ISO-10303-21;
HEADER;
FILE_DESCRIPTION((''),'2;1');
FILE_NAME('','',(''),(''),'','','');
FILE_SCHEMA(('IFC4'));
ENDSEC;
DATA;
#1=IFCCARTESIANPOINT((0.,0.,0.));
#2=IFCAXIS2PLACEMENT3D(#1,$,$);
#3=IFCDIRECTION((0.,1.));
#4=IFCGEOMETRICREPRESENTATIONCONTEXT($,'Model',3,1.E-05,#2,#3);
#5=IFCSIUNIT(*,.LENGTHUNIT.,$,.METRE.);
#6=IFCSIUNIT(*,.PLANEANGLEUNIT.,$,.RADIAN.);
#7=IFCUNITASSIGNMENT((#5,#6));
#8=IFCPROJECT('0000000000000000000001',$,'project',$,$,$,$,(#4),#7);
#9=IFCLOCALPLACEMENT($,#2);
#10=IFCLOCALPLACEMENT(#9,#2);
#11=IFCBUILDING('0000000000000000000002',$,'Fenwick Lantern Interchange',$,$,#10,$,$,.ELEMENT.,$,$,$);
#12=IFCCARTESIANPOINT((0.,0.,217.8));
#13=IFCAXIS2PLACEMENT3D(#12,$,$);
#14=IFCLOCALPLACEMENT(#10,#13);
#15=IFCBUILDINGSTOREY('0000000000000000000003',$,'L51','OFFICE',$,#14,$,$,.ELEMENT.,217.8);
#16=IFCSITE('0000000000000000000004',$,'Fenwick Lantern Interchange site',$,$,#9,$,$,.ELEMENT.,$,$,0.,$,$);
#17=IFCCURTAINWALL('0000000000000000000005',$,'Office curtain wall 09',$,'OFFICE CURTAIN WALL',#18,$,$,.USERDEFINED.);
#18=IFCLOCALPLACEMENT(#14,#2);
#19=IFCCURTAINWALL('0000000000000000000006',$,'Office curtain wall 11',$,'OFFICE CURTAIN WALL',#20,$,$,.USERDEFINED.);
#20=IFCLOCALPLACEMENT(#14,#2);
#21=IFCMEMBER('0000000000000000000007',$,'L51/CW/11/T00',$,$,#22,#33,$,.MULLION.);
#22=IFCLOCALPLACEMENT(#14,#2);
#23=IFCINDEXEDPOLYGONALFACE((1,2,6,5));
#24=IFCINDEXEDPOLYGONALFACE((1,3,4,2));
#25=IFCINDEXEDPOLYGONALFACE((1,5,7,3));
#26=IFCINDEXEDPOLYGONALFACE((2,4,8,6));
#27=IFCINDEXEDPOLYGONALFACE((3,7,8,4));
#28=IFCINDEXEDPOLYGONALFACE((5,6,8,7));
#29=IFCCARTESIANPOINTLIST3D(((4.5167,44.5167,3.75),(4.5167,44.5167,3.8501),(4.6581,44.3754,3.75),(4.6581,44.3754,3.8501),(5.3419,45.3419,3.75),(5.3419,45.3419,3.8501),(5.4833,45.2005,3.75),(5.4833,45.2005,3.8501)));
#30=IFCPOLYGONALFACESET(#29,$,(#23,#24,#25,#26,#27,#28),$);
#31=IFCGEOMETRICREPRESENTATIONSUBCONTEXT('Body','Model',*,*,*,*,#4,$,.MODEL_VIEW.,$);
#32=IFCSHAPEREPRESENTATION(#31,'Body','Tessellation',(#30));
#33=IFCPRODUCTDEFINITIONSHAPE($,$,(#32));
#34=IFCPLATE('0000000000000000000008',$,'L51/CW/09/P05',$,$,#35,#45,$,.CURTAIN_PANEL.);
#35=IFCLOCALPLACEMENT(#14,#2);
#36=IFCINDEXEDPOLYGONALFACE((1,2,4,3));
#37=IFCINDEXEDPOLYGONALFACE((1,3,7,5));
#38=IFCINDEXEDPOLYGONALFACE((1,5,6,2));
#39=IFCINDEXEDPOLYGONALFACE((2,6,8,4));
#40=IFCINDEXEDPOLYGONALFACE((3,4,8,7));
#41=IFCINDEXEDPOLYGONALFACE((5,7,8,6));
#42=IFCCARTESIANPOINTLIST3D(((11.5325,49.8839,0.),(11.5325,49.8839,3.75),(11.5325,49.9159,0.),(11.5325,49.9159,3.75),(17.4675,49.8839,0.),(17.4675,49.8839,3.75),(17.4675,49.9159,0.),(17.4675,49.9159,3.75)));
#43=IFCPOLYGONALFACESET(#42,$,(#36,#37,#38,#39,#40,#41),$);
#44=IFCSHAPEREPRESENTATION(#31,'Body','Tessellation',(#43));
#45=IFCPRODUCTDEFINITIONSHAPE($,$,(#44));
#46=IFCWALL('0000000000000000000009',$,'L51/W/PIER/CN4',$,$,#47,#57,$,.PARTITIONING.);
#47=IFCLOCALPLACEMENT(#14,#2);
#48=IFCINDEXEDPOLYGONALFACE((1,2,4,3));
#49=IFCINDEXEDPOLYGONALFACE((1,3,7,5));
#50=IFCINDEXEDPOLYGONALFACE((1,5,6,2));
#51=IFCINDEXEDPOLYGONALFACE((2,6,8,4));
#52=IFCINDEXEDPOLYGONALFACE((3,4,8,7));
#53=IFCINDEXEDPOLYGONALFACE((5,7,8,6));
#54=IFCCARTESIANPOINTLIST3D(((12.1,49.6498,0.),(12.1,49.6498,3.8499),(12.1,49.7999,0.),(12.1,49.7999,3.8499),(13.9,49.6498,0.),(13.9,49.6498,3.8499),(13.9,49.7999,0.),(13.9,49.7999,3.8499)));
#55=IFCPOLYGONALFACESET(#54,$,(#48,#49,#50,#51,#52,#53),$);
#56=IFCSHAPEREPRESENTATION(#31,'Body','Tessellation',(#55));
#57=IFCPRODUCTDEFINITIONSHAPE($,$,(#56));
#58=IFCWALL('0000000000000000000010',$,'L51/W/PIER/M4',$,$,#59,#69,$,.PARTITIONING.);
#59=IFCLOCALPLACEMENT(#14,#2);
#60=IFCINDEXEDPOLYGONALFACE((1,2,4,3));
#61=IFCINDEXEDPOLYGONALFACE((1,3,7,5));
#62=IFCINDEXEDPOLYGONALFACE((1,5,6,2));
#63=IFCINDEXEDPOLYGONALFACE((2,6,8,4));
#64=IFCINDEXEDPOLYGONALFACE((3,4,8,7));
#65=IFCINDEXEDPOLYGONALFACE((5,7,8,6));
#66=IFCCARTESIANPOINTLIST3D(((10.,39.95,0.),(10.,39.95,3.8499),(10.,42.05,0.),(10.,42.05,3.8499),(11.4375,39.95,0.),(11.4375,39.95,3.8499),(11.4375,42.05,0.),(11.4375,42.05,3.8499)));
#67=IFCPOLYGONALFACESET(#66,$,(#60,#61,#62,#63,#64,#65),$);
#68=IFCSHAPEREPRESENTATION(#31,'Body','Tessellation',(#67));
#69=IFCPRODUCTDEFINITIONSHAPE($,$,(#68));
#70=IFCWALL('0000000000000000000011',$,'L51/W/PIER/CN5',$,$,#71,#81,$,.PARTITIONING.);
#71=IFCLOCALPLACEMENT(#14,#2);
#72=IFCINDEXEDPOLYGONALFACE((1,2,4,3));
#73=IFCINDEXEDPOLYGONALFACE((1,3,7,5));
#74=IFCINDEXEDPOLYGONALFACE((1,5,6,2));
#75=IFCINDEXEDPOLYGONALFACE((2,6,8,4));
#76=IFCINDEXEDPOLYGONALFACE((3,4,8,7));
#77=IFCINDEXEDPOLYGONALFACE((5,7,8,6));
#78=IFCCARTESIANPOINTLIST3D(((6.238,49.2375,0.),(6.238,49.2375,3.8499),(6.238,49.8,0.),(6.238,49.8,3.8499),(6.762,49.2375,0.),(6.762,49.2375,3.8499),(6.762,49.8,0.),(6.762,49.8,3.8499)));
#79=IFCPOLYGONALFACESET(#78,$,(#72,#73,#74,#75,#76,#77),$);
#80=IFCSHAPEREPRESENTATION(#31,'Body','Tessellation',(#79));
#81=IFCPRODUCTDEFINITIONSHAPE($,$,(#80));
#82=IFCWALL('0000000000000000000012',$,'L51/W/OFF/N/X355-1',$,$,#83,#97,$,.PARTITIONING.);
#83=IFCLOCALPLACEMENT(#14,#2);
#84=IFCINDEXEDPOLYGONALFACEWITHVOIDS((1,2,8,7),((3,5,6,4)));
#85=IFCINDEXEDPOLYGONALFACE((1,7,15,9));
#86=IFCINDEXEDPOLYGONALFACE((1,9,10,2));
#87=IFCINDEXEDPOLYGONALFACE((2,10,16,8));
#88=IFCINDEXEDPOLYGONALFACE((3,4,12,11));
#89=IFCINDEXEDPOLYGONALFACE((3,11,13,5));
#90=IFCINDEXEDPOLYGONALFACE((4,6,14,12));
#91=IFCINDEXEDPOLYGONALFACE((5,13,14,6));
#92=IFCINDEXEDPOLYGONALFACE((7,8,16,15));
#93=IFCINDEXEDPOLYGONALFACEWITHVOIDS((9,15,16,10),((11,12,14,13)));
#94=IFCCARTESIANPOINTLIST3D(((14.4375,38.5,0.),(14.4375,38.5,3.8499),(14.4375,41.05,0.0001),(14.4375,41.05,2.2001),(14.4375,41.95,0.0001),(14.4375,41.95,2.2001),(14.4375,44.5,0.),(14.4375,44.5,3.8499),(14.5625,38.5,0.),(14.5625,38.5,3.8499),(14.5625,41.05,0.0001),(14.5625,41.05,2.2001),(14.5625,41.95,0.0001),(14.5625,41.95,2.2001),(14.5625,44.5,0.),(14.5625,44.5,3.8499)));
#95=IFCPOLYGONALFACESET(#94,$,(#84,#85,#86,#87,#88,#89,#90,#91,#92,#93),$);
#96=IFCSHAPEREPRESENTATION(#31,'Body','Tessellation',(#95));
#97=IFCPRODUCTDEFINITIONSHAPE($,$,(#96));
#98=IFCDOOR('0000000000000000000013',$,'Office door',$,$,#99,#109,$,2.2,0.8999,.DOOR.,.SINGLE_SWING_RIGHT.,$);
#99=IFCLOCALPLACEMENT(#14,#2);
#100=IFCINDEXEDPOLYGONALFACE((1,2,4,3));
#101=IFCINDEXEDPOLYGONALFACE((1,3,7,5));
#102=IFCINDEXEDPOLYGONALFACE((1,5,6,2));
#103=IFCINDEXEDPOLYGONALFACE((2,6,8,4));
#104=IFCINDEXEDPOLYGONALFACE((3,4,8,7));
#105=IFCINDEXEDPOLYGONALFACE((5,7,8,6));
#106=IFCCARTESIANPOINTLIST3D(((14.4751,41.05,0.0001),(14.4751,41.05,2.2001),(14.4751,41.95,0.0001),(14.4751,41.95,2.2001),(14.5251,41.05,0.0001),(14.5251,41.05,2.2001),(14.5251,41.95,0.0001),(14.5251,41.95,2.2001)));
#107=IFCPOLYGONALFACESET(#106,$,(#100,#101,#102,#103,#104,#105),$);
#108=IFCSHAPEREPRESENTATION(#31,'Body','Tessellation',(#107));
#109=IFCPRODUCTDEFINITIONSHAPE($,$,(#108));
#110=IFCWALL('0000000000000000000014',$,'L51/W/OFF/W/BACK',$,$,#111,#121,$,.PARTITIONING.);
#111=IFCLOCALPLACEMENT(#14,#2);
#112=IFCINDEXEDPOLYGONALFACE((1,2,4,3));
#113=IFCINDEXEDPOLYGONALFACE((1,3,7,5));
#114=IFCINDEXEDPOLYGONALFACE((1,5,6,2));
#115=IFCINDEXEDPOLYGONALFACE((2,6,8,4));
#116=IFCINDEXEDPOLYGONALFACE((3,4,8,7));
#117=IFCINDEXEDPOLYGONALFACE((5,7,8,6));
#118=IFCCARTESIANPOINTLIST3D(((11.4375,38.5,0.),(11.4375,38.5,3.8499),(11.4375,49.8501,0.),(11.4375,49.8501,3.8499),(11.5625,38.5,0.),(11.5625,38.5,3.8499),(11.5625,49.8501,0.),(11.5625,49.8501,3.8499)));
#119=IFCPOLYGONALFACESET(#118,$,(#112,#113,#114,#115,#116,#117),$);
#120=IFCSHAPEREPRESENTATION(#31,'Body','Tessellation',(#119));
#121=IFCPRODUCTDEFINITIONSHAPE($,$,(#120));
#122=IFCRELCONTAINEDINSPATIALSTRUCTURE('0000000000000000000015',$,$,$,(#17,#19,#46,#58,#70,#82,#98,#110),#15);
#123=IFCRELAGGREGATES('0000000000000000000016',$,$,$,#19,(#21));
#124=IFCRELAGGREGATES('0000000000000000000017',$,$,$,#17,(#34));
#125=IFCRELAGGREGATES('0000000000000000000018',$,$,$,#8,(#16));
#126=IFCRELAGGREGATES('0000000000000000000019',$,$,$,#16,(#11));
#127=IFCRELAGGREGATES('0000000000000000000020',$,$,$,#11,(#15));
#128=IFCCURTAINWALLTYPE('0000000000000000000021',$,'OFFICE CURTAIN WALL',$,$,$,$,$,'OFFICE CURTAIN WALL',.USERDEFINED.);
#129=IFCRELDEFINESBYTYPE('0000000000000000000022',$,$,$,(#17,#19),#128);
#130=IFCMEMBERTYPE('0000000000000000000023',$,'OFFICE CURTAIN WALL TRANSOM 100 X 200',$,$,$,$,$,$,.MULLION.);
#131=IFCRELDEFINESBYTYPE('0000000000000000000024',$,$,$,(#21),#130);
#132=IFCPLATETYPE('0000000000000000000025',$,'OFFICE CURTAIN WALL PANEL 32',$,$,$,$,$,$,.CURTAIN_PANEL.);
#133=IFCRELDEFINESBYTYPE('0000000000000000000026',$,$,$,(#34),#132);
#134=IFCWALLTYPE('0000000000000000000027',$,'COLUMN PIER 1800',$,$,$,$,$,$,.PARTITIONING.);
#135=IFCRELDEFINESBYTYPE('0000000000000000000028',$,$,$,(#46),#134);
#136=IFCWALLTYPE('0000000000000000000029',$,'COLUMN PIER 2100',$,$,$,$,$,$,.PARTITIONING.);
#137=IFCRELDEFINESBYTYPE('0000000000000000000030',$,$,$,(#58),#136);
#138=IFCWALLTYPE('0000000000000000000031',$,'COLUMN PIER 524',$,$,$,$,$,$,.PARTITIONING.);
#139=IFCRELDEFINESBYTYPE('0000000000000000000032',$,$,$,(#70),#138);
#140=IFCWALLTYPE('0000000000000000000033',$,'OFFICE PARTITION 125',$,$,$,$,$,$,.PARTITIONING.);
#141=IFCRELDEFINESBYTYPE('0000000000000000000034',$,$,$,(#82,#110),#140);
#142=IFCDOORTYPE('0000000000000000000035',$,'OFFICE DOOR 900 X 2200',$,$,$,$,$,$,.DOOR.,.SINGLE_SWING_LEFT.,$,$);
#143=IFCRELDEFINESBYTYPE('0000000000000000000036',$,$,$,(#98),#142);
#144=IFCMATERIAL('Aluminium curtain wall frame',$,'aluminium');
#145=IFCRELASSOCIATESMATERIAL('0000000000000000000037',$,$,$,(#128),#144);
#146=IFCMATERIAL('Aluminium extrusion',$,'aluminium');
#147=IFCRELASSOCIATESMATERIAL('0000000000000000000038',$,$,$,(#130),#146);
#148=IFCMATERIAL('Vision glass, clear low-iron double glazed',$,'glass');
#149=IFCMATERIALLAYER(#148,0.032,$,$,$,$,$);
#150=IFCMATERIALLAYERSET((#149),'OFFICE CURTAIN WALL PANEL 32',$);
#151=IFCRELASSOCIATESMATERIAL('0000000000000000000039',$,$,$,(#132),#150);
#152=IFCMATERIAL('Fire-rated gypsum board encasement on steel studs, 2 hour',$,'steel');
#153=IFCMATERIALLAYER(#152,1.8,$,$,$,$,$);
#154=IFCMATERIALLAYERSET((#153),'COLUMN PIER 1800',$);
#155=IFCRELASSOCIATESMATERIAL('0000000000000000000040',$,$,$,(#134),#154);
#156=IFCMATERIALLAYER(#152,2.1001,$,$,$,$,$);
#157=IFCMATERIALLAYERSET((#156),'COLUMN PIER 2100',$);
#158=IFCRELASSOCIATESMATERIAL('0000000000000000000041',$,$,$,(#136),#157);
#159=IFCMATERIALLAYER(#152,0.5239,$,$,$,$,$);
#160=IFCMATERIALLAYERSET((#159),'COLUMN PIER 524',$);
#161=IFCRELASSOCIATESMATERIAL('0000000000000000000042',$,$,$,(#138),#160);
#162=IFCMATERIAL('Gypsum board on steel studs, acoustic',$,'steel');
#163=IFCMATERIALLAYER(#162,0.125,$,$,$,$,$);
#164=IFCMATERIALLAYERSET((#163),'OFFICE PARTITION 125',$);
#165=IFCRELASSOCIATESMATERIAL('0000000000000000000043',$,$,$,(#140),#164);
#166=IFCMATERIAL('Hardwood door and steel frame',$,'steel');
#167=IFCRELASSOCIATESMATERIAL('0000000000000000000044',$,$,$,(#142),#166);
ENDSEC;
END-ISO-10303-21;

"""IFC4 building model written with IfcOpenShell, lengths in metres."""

from ifc_helpers import new_model, si_unit, direction, frame, frame_2d, origin, origin_2d, place, context, subcontext, project, spatial, rectangle, extrude, material, layer, layer_set, material_profile, profile_set, type_object, element, fill, aggregate, save


model = new_model("IFC4")

# Units and contexts
model_context = context("Model", 3, precision=1e-05, world=origin(), true_north=direction((0.0, 1.0)))
body_context = subcontext(model_context, "Body", "Model", "MODEL_VIEW")
ifc_project = project(units=[si_unit("LENGTHUNIT", "METRE"), si_unit("PLANEANGLEUNIT", "RADIAN")], contexts=[model_context])

# Site, building, storey
site_placement = place(None, origin())
site = spatial("IfcSite", under=ifc_project, at=site_placement, Name="Fenwick Lantern Interchange site", CompositionType="ELEMENT", RefElevation=0.0)
building_placement = place(site_placement, origin())
building = spatial("IfcBuilding", under=site, at=building_placement, Name="Fenwick Lantern Interchange", CompositionType="ELEMENT")
storey_placement = place(building_placement, frame((0.0, 0.0, 217.8)))
storey = spatial("IfcBuildingStorey", under=building, at=storey_placement, Name="L51", Description="OFFICE", CompositionType="ELEMENT", Elevation=217.8)

# Curtain wall
ifc_material_1 = material(Name="Aluminium curtain wall frame", Category="aluminium")
curtain_wall_type = type_object("IfcCurtainWallType", Name="OFFICE CURTAIN WALL", ElementType="OFFICE CURTAIN WALL", PredefinedType="USERDEFINED", material=ifc_material_1)
curtain_wall_1_placement = place(storey_placement, origin())
curtain_wall_1 = element("IfcCurtainWall", 1, at=curtain_wall_1_placement, inside=storey, type_object=curtain_wall_type, Name="Office curtain wall 09", ObjectType="OFFICE CURTAIN WALL", PredefinedType="USERDEFINED")
ifc_material_2 = material(Name="Aluminium extrusion", Category="aluminium")

# Curtain wall
curtain_wall_2_placement = place(storey_placement, origin())
curtain_wall_2 = element("IfcCurtainWall", 2, at=curtain_wall_2_placement, inside=storey, type_object=curtain_wall_type, Name="Office curtain wall 11", ObjectType="OFFICE CURTAIN WALL", PredefinedType="USERDEFINED")

# Member
ifc_material_profile_1 = material_profile(ifc_material_2, rectangle(XDim=0.2, YDim=0.1001, at=origin_2d()), Name="OFFICE CURTAIN WALL TRANSOM 100 X 200")
ifc_profile_set_1 = profile_set([ifc_material_profile_1], Name="Aluminium extrusion")
member_type_1 = type_object("IfcMemberType", Name="OFFICE CURTAIN WALL TRANSOM 100 X 200", PredefinedType="MULLION", material=ifc_profile_set_1)
member_1_placement = place(storey_placement, frame((5.4126, 45.2712, 3.8), z_axis=(-0.707107, -0.707107, 0.0), x_axis=(0.707107, -0.707107, 0.0)))
member_1 = element("IfcMember", 3, at=member_1_placement, type_object=member_type_1, Name="L51/CW/11/T00", PredefinedType="MULLION", context=body_context, shape_type="SweptSolid", body=[
    extrude(rectangle(XDim=0.2, YDim=0.1001, at=origin_2d()), origin(), (0.0, 0.0, 1.0), 1.167),
])
aggregate(curtain_wall_2, [member_1])

# Plate
ifc_material_3 = material(Name="Vision glass, clear low-iron double glazed", Category="glass")
ifc_layer_1 = layer(ifc_material_3, 0.032)
ifc_layer_set_1 = layer_set([ifc_layer_1], Name="OFFICE CURTAIN WALL PANEL 32")
plate_type = type_object("IfcPlateType", Name="OFFICE CURTAIN WALL PANEL 32", PredefinedType="CURTAIN_PANEL", material=ifc_layer_set_1)
plate_1_placement = place(storey_placement, frame((14.5, 49.8999, 0.0), z_axis=(0.0, 0.0, 1.0), x_axis=(-1.0, 0.0, 0.0)))
plate_1 = element("IfcPlate", 4, at=plate_1_placement, type_object=plate_type, Name="L51/CW/09/P05", PredefinedType="CURTAIN_PANEL", context=body_context, shape_type="SweptSolid", body=[
    extrude(rectangle(XDim=5.9351, YDim=0.032, at=origin_2d()), origin(), (0.0, 0.0, 1.0), 3.75),
])
aggregate(curtain_wall_1, [plate_1])

# Walls
ifc_material_4 = material(Name="Fire-rated gypsum board encasement on steel studs, 2 hour", Category="steel")
ifc_layer_2 = layer(ifc_material_4, 1.8)
ifc_layer_set_2 = layer_set([ifc_layer_2], Name="COLUMN PIER 1800")
wall_type_1 = type_object("IfcWallType", Name="COLUMN PIER 1800", PredefinedType="PARTITIONING", material=ifc_layer_set_2)
wall_1_placement = place(storey_placement, frame((13.0, 49.8, 0.0), z_axis=(0.0, 0.0, 1.0), x_axis=(0.0, -1.0, 0.0)))
element("IfcWall", 5, at=wall_1_placement, inside=storey, type_object=wall_type_1, Name="L51/W/PIER/CN4", PredefinedType="PARTITIONING", context=body_context, shape_type="SweptSolid", body=[
    extrude(rectangle(XDim=0.1501, YDim=1.8, at=frame_2d((0.0752, 0.0))), origin(), (0.0, 0.0, 1.0), 3.8499),
])
ifc_layer_3 = layer(ifc_material_4, 2.1001)
ifc_layer_set_3 = layer_set([ifc_layer_3], Name="COLUMN PIER 2100")
wall_type_2 = type_object("IfcWallType", Name="COLUMN PIER 2100", PredefinedType="PARTITIONING", material=ifc_layer_set_3)
wall_2_placement = place(storey_placement, frame((11.4375, 41.0, 0.0), z_axis=(0.0, 0.0, 1.0), x_axis=(-1.0, 0.0, 0.0)))
element("IfcWall", 6, at=wall_2_placement, inside=storey, type_object=wall_type_2, Name="L51/W/PIER/M4", PredefinedType="PARTITIONING", context=body_context, shape_type="SweptSolid", body=[
    extrude(rectangle(XDim=1.4375, YDim=2.1001, at=frame_2d((0.7188, 0.0))), origin(), (0.0, 0.0, 1.0), 3.8499),
])
ifc_layer_4 = layer(ifc_material_4, 0.5239)
ifc_layer_set_4 = layer_set([ifc_layer_4], Name="COLUMN PIER 524")
wall_type_3 = type_object("IfcWallType", Name="COLUMN PIER 524", PredefinedType="PARTITIONING", material=ifc_layer_set_4)
wall_3_placement = place(storey_placement, frame((6.5, 49.8, 0.0), z_axis=(0.0, 0.0, 1.0), x_axis=(0.0, -1.0, 0.0)))
element("IfcWall", 7, at=wall_3_placement, inside=storey, type_object=wall_type_3, Name="L51/W/PIER/CN5", PredefinedType="PARTITIONING", context=body_context, shape_type="SweptSolid", body=[
    extrude(rectangle(XDim=0.5625, YDim=0.5239, at=frame_2d((0.2812, 0.0))), origin(), (0.0, 0.0, 1.0), 3.8499),
])

# Wall, opening, door
ifc_material_5 = material(Name="Gypsum board on steel studs, acoustic", Category="steel")
ifc_layer_5 = layer(ifc_material_5, 0.125)
ifc_layer_set_5 = layer_set([ifc_layer_5], Name="OFFICE PARTITION 125")
wall_type_4 = type_object("IfcWallType", Name="OFFICE PARTITION 125", PredefinedType="PARTITIONING", material=ifc_layer_set_5)
wall_4_placement = place(storey_placement, frame((14.5, 44.5, 0.0), z_axis=(0.0, 0.0, 1.0), x_axis=(0.0, -1.0, 0.0)))
wall_4 = element("IfcWall", 8, at=wall_4_placement, inside=storey, type_object=wall_type_4, Name="L51/W/OFF/N/X355-1", PredefinedType="PARTITIONING", context=body_context, shape_type="SweptSolid", body=[
    extrude(rectangle(XDim=6.0, YDim=0.125, at=frame_2d((3.0, 0.0))), origin(), (0.0, 0.0, 1.0), 3.8499),
])
opening_placement = place(wall_4_placement, frame((2.55, 0.0, 0.0)))
opening = element("IfcOpeningElement", 9, at=opening_placement, cuts=wall_4, PredefinedType="OPENING", context=body_context, shape_type="SweptSolid", body=[
    extrude(rectangle(XDim=0.8999, YDim=2.2, at=frame_2d((0.45, 1.1001))), frame((0.0, 0.0725, 0.0), z_axis=(0.0, -1.0, 0.0), x_axis=(1.0, 0.0, 0.0)), (0.0, 0.0, 1.0), 0.145),
])
ifc_material_6 = material(Name="Hardwood door and steel frame", Category="steel")
door_type = type_object("IfcDoorType", Name="OFFICE DOOR 900 X 2200", OperationType="SINGLE_SWING_LEFT", PredefinedType="DOOR", material=ifc_material_6)
door_placement = place(opening_placement, frame((0.8999, 0.0, 0.0), z_axis=(0.0, 0.0, 1.0), x_axis=(-1.0, 0.0, 0.0)))
door = element("IfcDoor", 10, at=door_placement, inside=storey, type_object=door_type, Name="Office door", OperationType="SINGLE_SWING_RIGHT", OverallHeight=2.2, OverallWidth=0.8999, PredefinedType="DOOR", context=body_context, shape_type="SweptSolid", body=[
    extrude(rectangle(XDim=0.8999, YDim=2.2, at=frame_2d((0.45, 1.1001))), frame((0.0, 0.0249, 0.0), z_axis=(0.0, -1.0, 0.0), x_axis=(1.0, 0.0, 0.0)), (0.0, 0.0, 1.0), 0.05),
])
fill(opening, door)

# Wall
wall_5_placement = place(storey_placement, frame((11.5, 49.8501, 0.0), z_axis=(0.0, 0.0, 1.0), x_axis=(0.0, -1.0, 0.0)))
element("IfcWall", 11, at=wall_5_placement, inside=storey, type_object=wall_type_4, Name="L51/W/OFF/W/BACK", PredefinedType="PARTITIONING", context=body_context, shape_type="SweptSolid", body=[
    extrude(rectangle(XDim=11.3501, YDim=0.125, at=frame_2d((5.675, 0.0))), origin(), (0.0, 0.0, 1.0), 3.8499),
])

save(model, "model.ifc")
